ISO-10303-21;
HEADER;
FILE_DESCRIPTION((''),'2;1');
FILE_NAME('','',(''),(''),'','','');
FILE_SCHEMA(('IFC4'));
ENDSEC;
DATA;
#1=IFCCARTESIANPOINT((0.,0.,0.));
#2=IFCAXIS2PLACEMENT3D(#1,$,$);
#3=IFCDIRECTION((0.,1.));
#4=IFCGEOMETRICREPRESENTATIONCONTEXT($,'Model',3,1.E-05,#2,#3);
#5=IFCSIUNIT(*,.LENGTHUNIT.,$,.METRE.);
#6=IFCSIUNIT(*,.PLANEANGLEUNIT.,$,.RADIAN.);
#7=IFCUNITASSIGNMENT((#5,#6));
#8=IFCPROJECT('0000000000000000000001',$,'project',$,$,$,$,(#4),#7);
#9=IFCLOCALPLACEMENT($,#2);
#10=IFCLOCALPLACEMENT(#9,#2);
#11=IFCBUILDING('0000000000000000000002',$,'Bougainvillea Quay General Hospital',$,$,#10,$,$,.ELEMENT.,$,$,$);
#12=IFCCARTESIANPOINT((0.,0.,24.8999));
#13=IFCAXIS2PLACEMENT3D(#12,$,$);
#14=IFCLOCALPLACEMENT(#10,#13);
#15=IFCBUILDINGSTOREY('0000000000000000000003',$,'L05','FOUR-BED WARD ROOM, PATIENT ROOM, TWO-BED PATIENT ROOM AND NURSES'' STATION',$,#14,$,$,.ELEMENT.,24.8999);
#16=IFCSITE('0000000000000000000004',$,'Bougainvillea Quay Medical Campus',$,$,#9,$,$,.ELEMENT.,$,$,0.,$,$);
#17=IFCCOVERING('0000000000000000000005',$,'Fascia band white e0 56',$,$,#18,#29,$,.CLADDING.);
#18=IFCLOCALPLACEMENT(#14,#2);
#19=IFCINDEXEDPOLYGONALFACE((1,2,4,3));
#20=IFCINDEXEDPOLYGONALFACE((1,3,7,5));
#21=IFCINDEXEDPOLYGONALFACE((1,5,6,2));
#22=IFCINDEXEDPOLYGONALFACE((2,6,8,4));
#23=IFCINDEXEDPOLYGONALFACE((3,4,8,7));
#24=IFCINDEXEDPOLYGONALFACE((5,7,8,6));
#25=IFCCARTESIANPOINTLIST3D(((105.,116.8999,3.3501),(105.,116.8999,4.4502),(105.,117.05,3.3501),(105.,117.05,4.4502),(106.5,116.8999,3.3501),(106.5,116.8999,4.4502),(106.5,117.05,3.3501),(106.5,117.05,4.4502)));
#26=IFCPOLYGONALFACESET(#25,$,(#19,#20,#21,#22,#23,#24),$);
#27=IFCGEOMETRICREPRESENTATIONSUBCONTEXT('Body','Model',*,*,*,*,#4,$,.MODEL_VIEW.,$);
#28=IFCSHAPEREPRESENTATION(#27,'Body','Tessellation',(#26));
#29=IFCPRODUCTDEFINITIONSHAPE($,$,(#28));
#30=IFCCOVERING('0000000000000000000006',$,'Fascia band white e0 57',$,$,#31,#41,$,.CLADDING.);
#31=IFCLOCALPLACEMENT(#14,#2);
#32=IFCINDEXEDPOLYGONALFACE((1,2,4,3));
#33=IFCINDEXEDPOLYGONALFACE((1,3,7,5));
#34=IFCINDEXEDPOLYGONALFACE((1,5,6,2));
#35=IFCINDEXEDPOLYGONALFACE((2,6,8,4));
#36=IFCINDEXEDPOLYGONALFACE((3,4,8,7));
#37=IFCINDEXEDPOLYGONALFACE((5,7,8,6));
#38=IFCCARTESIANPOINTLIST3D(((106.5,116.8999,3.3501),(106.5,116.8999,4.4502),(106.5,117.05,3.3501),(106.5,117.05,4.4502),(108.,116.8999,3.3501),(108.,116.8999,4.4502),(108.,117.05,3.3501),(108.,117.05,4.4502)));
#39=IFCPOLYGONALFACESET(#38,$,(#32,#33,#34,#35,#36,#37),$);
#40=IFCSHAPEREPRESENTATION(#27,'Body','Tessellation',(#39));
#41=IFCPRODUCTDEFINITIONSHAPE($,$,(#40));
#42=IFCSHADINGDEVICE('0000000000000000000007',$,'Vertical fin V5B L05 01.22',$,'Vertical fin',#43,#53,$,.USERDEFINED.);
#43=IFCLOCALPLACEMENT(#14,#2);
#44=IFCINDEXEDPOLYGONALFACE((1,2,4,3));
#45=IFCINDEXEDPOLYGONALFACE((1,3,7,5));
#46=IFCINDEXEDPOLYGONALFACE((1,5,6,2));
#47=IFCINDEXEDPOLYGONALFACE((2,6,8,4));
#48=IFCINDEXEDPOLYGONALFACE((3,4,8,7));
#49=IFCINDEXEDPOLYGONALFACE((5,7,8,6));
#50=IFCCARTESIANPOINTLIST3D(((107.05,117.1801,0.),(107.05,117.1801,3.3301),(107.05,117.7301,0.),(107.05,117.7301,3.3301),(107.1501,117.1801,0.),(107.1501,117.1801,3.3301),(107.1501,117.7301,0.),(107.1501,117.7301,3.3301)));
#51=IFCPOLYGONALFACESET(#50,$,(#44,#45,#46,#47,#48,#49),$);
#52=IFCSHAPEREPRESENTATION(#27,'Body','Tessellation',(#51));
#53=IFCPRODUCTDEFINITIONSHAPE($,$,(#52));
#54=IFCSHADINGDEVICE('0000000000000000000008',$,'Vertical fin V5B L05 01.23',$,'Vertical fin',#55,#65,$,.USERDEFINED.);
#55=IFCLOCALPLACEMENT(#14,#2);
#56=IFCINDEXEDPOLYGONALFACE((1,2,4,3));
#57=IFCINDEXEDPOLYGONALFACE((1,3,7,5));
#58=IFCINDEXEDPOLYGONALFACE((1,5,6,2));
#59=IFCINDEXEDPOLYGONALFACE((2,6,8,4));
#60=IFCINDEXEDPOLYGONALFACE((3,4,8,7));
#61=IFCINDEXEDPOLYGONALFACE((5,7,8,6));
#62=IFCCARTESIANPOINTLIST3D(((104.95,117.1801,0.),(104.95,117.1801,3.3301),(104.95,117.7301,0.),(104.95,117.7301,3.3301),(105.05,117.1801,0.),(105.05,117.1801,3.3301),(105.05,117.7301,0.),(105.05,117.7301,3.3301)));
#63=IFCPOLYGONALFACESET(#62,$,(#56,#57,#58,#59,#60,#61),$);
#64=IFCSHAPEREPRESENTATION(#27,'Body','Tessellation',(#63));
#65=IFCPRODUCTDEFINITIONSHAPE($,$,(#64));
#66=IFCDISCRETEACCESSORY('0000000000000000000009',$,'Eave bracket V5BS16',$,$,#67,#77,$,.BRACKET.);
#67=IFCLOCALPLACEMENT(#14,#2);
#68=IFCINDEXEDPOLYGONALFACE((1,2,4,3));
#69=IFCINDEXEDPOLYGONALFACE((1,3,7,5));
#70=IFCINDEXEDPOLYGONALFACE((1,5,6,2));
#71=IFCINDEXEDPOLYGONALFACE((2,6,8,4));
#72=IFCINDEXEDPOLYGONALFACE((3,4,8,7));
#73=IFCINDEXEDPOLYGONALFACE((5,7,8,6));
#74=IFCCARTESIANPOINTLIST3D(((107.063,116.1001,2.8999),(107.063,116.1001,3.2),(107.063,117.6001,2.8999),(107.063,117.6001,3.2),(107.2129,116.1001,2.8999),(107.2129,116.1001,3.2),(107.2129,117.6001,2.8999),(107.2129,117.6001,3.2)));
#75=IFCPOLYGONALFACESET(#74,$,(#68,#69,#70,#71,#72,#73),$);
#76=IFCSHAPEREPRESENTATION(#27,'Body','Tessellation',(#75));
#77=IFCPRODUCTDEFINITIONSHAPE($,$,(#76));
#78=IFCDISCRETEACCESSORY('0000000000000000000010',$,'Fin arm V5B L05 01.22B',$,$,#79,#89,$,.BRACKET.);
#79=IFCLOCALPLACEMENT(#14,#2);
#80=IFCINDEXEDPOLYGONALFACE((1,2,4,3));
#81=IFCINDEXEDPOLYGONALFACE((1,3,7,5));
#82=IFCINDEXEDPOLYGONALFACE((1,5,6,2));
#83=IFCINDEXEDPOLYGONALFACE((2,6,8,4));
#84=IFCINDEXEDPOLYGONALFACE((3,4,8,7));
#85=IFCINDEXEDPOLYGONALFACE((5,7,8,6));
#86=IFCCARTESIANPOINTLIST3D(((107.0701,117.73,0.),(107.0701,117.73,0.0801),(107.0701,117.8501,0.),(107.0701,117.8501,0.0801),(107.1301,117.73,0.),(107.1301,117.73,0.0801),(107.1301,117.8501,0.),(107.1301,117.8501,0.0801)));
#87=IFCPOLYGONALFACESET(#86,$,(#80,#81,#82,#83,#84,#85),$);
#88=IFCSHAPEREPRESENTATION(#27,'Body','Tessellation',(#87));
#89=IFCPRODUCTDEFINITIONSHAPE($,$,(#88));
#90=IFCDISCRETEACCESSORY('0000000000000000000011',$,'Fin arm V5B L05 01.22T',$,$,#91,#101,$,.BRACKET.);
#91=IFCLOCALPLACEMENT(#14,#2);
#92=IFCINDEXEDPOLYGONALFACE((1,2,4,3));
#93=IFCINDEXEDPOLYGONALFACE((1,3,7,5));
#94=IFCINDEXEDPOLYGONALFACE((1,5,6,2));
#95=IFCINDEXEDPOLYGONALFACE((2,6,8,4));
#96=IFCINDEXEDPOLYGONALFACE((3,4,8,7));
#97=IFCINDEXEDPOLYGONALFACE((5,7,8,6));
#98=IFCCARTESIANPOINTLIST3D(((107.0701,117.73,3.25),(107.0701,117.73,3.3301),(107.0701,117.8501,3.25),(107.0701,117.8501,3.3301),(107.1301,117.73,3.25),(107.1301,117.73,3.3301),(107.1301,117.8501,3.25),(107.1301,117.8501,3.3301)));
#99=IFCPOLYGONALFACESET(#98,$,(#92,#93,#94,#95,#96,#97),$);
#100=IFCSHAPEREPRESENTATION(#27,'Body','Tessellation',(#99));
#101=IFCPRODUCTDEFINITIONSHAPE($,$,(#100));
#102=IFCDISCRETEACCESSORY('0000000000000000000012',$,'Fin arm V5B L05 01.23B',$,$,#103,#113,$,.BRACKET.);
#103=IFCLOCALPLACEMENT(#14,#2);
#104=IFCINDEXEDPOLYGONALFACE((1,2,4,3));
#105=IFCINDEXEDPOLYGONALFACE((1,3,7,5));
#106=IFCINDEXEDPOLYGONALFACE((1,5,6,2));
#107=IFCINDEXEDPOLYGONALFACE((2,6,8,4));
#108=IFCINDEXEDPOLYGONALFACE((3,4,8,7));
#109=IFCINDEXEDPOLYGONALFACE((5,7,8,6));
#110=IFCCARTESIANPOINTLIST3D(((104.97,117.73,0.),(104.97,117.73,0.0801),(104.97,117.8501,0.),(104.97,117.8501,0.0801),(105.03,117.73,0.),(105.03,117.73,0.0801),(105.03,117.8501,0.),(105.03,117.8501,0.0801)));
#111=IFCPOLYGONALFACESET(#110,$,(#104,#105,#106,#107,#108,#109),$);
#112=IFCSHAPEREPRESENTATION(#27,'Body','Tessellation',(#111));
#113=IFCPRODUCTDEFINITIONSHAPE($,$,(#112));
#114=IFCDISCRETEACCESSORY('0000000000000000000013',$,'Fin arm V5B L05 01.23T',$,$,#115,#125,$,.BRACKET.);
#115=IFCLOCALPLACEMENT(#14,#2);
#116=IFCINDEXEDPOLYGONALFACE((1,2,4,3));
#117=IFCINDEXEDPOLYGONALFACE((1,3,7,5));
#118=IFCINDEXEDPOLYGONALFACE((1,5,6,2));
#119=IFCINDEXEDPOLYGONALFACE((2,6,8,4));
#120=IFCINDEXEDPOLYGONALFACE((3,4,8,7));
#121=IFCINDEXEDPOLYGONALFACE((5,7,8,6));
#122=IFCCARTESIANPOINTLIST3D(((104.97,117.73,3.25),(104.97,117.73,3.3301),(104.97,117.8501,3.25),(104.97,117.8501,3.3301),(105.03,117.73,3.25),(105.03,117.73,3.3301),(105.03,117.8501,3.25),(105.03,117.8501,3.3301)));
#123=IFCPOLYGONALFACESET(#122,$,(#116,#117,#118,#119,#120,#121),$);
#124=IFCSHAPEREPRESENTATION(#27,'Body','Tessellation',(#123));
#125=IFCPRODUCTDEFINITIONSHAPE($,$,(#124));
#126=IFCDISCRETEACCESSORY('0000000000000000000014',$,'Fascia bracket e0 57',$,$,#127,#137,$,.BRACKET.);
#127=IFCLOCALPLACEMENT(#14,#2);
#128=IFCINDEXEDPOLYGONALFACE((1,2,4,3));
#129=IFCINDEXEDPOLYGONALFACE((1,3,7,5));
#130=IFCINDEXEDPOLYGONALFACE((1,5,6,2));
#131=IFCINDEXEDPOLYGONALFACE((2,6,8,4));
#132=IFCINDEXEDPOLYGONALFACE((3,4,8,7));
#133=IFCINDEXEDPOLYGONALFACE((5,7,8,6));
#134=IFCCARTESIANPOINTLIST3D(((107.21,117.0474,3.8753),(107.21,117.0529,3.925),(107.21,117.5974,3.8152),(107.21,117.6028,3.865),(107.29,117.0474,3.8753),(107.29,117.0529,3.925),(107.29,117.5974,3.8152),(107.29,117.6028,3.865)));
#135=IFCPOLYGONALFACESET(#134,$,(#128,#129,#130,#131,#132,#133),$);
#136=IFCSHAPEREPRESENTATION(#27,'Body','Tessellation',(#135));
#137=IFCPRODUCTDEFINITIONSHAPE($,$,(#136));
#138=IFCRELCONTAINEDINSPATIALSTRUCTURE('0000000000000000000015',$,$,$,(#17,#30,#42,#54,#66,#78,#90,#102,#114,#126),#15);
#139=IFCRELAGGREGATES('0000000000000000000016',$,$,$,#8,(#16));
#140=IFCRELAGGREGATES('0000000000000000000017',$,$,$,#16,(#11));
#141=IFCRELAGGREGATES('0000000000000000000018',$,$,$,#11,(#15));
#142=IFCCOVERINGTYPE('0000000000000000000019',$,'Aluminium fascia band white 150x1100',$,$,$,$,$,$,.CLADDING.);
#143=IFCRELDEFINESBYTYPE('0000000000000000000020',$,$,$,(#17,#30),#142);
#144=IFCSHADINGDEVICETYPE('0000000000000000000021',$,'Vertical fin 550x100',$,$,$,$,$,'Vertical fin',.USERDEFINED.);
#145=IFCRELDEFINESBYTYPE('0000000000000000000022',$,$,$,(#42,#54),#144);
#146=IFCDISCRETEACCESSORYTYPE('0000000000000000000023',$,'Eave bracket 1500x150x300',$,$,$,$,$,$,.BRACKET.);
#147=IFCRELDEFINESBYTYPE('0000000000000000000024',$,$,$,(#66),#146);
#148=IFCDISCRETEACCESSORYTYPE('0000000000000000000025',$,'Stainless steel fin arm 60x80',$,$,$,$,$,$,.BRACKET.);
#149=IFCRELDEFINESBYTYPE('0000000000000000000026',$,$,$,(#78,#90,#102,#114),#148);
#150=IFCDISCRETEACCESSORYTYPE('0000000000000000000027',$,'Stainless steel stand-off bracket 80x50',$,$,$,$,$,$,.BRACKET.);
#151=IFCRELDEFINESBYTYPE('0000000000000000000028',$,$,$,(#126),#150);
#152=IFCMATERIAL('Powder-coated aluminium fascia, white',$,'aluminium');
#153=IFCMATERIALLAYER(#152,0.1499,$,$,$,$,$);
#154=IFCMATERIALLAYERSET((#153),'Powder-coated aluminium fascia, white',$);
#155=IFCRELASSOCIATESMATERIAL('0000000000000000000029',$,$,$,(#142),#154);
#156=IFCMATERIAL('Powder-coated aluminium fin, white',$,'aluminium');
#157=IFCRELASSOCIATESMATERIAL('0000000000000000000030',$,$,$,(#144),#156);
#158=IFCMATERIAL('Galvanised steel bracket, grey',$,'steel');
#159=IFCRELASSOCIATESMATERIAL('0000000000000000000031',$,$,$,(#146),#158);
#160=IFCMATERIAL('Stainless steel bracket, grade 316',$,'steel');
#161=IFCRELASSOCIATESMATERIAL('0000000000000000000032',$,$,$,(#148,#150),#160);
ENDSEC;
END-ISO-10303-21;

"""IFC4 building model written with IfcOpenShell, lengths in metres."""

from ifc_helpers import new_model, si_unit, direction, frame, origin, origin_2d, place, context, subcontext, project, spatial, polyline, rectangle, outline, extrude, material, layer, layer_set, material_profile, profile_set, type_object, element, save


model = new_model("IFC4")

# Units and contexts
model_context = context("Model", 3, precision=1e-05, world=origin(), true_north=direction((0.0, 1.0)))
body_context = subcontext(model_context, "Body", "Model", "MODEL_VIEW")
ifc_project = project(units=[si_unit("LENGTHUNIT", "METRE"), si_unit("PLANEANGLEUNIT", "RADIAN")], contexts=[model_context])

# Site, building, storey
site_placement = place(None, origin())
site = spatial("IfcSite", under=ifc_project, at=site_placement, Name="Bougainvillea Quay Medical Campus", CompositionType="ELEMENT", RefElevation=0.0)
building_placement = place(site_placement, origin())
building = spatial("IfcBuilding", under=site, at=building_placement, Name="Bougainvillea Quay General Hospital", CompositionType="ELEMENT")
storey_placement = place(building_placement, frame((0.0, 0.0, 24.8999)))
storey = spatial("IfcBuildingStorey", under=building, at=storey_placement, Name="L05", Description="FOUR-BED WARD ROOM, PATIENT ROOM, TWO-BED PATIENT ROOM AND NURSES' STATION", CompositionType="ELEMENT", Elevation=24.8999)

# Coverings
ifc_material_1 = material(Name="Powder-coated aluminium fascia, white", Category="aluminium")
ifc_layer_1 = layer(ifc_material_1, 0.1499)
ifc_layer_set_1 = layer_set([ifc_layer_1], Name="Powder-coated aluminium fascia, white")
covering_type = type_object("IfcCoveringType", Name="Aluminium fascia band white 150x1100", PredefinedType="CLADDING", material=ifc_layer_set_1)
for number, where, z_axis, x_axis, name in (
    (1, (105.0, 117.05, 3.3501), (0.0, 0.0, 1.0), (1.0, 0.0, 0.0), "Fascia band white e0 56"),
    (2, (106.5, 117.05, 3.3501), (0.0, 0.0, 1.0), (1.0, 0.0, 0.0), "Fascia band white e0 57"),
):
    element("IfcCovering", number, at=place(storey_placement, frame(where, z_axis=z_axis, x_axis=x_axis)), inside=storey, type_object=covering_type, Name=name, PredefinedType="CLADDING", context=body_context, shape_type="SweptSolid", body=[
        extrude(outline(polyline([(0.0, 0.0), (1.5, 0.0), (1.5, -0.1501), (0.0, -0.1501), (0.0, 0.0)])), origin(), (0.0, 0.0, 1.0), 1.1001),
    ])

# Shading devices
ifc_material_2 = material(Name="Powder-coated aluminium fin, white", Category="aluminium")
ifc_material_profile_1 = material_profile(ifc_material_2, rectangle(XDim=0.55, YDim=0.1001, at=origin_2d()))
ifc_profile_set_1 = profile_set([ifc_material_profile_1], Name="Powder-coated aluminium fin, white")
shading_device_type = type_object("IfcShadingDeviceType", Name="Vertical fin 550x100", ElementType="Vertical fin", PredefinedType="USERDEFINED", material=ifc_profile_set_1)
for number, where, z_axis, x_axis, name in (
    (3, (107.1001, 117.4551, 0.0), (0.0, 0.0, 1.0), (0.0, -1.0, 0.0), "Vertical fin V5B L05 01.22"),
    (4, (105.0, 117.4551, 0.0), (0.0, 0.0, 1.0), (0.0, -1.0, 0.0), "Vertical fin V5B L05 01.23"),
):
    element("IfcShadingDevice", number, at=place(storey_placement, frame(where, z_axis=z_axis, x_axis=x_axis)), inside=storey, type_object=shading_device_type, Name=name, ObjectType="Vertical fin", PredefinedType="USERDEFINED", context=body_context, shape_type="SweptSolid", body=[
        extrude(rectangle(XDim=0.55, YDim=0.1001, at=origin_2d()), origin(), (0.0, 0.0, 1.0), 3.3301),
    ])

# Discrete accessories
ifc_material_3 = material(Name="Galvanised steel bracket, grey", Category="steel")
discrete_accessory_type_1 = type_object("IfcDiscreteAccessoryType", Name="Eave bracket 1500x150x300", PredefinedType="BRACKET", material=ifc_material_3)
discrete_accessory_1_placement = place(storey_placement, frame((107.1379, 116.8501, 2.8999), z_axis=(0.0, 0.0, 1.0), x_axis=(1.0, 0.0, 0.0)))
element("IfcDiscreteAccessory", 5, at=discrete_accessory_1_placement, inside=storey, type_object=discrete_accessory_type_1, Name="Eave bracket V5BS16", PredefinedType="BRACKET", context=body_context, shape_type="SweptSolid", body=[
    extrude(rectangle(XDim=0.1499, YDim=1.5, at=origin_2d()), origin(), (0.0, 0.0, 1.0), 0.3),
])
ifc_material_4 = material(Name="Stainless steel bracket, grade 316", Category="steel")
discrete_accessory_type_2 = type_object("IfcDiscreteAccessoryType", Name="Stainless steel fin arm 60x80", PredefinedType="BRACKET", material=ifc_material_4)
for number, where, z_axis, x_axis, name in (
    (6, (107.1001, 117.79, 0.0), (0.0, 0.0, 1.0), (0.0, -1.0, 0.0), "Fin arm V5B L05 01.22B"),
    (7, (107.1001, 117.79, 3.25), (0.0, 0.0, 1.0), (0.0, -1.0, 0.0), "Fin arm V5B L05 01.22T"),
    (8, (105.0, 117.79, 0.0), (0.0, 0.0, 1.0), (0.0, -1.0, 0.0), "Fin arm V5B L05 01.23B"),
    (9, (105.0, 117.79, 3.25), (0.0, 0.0, 1.0), (0.0, -1.0, 0.0), "Fin arm V5B L05 01.23T"),
):
    element("IfcDiscreteAccessory", number, at=place(storey_placement, frame(where, z_axis=z_axis, x_axis=x_axis)), inside=storey, type_object=discrete_accessory_type_2, Name=name, PredefinedType="BRACKET", context=body_context, shape_type="SweptSolid", body=[
        extrude(rectangle(XDim=0.1201, YDim=0.0601, at=origin_2d()), origin(), (0.0, 0.0, 1.0), 0.0801),
    ])
ifc_material_profile_2 = material_profile(ifc_material_4, rectangle(XDim=0.0801, YDim=0.05, at=origin_2d()))
ifc_profile_set_2 = profile_set([ifc_material_profile_2], Name="Stainless steel bracket, grade 316")
discrete_accessory_type_3 = type_object("IfcDiscreteAccessoryType", Name="Stainless steel stand-off bracket 80x50", PredefinedType="BRACKET", material=ifc_profile_set_2)
discrete_accessory_2_placement = place(storey_placement, frame((107.25, 117.6001, 3.8401), z_axis=(0.0, -0.994092, 0.108543), x_axis=(1.0, 0.0, 0.0)))
element("IfcDiscreteAccessory", 10, at=discrete_accessory_2_placement, inside=storey, type_object=discrete_accessory_type_3, Name="Fascia bracket e0 57", PredefinedType="BRACKET", context=body_context, shape_type="SweptSolid", body=[
    extrude(rectangle(XDim=0.0801, YDim=0.05, at=origin_2d()), origin(), (0.0, 0.0, 1.0), 0.5532),
])

save(model, "model.ifc")
